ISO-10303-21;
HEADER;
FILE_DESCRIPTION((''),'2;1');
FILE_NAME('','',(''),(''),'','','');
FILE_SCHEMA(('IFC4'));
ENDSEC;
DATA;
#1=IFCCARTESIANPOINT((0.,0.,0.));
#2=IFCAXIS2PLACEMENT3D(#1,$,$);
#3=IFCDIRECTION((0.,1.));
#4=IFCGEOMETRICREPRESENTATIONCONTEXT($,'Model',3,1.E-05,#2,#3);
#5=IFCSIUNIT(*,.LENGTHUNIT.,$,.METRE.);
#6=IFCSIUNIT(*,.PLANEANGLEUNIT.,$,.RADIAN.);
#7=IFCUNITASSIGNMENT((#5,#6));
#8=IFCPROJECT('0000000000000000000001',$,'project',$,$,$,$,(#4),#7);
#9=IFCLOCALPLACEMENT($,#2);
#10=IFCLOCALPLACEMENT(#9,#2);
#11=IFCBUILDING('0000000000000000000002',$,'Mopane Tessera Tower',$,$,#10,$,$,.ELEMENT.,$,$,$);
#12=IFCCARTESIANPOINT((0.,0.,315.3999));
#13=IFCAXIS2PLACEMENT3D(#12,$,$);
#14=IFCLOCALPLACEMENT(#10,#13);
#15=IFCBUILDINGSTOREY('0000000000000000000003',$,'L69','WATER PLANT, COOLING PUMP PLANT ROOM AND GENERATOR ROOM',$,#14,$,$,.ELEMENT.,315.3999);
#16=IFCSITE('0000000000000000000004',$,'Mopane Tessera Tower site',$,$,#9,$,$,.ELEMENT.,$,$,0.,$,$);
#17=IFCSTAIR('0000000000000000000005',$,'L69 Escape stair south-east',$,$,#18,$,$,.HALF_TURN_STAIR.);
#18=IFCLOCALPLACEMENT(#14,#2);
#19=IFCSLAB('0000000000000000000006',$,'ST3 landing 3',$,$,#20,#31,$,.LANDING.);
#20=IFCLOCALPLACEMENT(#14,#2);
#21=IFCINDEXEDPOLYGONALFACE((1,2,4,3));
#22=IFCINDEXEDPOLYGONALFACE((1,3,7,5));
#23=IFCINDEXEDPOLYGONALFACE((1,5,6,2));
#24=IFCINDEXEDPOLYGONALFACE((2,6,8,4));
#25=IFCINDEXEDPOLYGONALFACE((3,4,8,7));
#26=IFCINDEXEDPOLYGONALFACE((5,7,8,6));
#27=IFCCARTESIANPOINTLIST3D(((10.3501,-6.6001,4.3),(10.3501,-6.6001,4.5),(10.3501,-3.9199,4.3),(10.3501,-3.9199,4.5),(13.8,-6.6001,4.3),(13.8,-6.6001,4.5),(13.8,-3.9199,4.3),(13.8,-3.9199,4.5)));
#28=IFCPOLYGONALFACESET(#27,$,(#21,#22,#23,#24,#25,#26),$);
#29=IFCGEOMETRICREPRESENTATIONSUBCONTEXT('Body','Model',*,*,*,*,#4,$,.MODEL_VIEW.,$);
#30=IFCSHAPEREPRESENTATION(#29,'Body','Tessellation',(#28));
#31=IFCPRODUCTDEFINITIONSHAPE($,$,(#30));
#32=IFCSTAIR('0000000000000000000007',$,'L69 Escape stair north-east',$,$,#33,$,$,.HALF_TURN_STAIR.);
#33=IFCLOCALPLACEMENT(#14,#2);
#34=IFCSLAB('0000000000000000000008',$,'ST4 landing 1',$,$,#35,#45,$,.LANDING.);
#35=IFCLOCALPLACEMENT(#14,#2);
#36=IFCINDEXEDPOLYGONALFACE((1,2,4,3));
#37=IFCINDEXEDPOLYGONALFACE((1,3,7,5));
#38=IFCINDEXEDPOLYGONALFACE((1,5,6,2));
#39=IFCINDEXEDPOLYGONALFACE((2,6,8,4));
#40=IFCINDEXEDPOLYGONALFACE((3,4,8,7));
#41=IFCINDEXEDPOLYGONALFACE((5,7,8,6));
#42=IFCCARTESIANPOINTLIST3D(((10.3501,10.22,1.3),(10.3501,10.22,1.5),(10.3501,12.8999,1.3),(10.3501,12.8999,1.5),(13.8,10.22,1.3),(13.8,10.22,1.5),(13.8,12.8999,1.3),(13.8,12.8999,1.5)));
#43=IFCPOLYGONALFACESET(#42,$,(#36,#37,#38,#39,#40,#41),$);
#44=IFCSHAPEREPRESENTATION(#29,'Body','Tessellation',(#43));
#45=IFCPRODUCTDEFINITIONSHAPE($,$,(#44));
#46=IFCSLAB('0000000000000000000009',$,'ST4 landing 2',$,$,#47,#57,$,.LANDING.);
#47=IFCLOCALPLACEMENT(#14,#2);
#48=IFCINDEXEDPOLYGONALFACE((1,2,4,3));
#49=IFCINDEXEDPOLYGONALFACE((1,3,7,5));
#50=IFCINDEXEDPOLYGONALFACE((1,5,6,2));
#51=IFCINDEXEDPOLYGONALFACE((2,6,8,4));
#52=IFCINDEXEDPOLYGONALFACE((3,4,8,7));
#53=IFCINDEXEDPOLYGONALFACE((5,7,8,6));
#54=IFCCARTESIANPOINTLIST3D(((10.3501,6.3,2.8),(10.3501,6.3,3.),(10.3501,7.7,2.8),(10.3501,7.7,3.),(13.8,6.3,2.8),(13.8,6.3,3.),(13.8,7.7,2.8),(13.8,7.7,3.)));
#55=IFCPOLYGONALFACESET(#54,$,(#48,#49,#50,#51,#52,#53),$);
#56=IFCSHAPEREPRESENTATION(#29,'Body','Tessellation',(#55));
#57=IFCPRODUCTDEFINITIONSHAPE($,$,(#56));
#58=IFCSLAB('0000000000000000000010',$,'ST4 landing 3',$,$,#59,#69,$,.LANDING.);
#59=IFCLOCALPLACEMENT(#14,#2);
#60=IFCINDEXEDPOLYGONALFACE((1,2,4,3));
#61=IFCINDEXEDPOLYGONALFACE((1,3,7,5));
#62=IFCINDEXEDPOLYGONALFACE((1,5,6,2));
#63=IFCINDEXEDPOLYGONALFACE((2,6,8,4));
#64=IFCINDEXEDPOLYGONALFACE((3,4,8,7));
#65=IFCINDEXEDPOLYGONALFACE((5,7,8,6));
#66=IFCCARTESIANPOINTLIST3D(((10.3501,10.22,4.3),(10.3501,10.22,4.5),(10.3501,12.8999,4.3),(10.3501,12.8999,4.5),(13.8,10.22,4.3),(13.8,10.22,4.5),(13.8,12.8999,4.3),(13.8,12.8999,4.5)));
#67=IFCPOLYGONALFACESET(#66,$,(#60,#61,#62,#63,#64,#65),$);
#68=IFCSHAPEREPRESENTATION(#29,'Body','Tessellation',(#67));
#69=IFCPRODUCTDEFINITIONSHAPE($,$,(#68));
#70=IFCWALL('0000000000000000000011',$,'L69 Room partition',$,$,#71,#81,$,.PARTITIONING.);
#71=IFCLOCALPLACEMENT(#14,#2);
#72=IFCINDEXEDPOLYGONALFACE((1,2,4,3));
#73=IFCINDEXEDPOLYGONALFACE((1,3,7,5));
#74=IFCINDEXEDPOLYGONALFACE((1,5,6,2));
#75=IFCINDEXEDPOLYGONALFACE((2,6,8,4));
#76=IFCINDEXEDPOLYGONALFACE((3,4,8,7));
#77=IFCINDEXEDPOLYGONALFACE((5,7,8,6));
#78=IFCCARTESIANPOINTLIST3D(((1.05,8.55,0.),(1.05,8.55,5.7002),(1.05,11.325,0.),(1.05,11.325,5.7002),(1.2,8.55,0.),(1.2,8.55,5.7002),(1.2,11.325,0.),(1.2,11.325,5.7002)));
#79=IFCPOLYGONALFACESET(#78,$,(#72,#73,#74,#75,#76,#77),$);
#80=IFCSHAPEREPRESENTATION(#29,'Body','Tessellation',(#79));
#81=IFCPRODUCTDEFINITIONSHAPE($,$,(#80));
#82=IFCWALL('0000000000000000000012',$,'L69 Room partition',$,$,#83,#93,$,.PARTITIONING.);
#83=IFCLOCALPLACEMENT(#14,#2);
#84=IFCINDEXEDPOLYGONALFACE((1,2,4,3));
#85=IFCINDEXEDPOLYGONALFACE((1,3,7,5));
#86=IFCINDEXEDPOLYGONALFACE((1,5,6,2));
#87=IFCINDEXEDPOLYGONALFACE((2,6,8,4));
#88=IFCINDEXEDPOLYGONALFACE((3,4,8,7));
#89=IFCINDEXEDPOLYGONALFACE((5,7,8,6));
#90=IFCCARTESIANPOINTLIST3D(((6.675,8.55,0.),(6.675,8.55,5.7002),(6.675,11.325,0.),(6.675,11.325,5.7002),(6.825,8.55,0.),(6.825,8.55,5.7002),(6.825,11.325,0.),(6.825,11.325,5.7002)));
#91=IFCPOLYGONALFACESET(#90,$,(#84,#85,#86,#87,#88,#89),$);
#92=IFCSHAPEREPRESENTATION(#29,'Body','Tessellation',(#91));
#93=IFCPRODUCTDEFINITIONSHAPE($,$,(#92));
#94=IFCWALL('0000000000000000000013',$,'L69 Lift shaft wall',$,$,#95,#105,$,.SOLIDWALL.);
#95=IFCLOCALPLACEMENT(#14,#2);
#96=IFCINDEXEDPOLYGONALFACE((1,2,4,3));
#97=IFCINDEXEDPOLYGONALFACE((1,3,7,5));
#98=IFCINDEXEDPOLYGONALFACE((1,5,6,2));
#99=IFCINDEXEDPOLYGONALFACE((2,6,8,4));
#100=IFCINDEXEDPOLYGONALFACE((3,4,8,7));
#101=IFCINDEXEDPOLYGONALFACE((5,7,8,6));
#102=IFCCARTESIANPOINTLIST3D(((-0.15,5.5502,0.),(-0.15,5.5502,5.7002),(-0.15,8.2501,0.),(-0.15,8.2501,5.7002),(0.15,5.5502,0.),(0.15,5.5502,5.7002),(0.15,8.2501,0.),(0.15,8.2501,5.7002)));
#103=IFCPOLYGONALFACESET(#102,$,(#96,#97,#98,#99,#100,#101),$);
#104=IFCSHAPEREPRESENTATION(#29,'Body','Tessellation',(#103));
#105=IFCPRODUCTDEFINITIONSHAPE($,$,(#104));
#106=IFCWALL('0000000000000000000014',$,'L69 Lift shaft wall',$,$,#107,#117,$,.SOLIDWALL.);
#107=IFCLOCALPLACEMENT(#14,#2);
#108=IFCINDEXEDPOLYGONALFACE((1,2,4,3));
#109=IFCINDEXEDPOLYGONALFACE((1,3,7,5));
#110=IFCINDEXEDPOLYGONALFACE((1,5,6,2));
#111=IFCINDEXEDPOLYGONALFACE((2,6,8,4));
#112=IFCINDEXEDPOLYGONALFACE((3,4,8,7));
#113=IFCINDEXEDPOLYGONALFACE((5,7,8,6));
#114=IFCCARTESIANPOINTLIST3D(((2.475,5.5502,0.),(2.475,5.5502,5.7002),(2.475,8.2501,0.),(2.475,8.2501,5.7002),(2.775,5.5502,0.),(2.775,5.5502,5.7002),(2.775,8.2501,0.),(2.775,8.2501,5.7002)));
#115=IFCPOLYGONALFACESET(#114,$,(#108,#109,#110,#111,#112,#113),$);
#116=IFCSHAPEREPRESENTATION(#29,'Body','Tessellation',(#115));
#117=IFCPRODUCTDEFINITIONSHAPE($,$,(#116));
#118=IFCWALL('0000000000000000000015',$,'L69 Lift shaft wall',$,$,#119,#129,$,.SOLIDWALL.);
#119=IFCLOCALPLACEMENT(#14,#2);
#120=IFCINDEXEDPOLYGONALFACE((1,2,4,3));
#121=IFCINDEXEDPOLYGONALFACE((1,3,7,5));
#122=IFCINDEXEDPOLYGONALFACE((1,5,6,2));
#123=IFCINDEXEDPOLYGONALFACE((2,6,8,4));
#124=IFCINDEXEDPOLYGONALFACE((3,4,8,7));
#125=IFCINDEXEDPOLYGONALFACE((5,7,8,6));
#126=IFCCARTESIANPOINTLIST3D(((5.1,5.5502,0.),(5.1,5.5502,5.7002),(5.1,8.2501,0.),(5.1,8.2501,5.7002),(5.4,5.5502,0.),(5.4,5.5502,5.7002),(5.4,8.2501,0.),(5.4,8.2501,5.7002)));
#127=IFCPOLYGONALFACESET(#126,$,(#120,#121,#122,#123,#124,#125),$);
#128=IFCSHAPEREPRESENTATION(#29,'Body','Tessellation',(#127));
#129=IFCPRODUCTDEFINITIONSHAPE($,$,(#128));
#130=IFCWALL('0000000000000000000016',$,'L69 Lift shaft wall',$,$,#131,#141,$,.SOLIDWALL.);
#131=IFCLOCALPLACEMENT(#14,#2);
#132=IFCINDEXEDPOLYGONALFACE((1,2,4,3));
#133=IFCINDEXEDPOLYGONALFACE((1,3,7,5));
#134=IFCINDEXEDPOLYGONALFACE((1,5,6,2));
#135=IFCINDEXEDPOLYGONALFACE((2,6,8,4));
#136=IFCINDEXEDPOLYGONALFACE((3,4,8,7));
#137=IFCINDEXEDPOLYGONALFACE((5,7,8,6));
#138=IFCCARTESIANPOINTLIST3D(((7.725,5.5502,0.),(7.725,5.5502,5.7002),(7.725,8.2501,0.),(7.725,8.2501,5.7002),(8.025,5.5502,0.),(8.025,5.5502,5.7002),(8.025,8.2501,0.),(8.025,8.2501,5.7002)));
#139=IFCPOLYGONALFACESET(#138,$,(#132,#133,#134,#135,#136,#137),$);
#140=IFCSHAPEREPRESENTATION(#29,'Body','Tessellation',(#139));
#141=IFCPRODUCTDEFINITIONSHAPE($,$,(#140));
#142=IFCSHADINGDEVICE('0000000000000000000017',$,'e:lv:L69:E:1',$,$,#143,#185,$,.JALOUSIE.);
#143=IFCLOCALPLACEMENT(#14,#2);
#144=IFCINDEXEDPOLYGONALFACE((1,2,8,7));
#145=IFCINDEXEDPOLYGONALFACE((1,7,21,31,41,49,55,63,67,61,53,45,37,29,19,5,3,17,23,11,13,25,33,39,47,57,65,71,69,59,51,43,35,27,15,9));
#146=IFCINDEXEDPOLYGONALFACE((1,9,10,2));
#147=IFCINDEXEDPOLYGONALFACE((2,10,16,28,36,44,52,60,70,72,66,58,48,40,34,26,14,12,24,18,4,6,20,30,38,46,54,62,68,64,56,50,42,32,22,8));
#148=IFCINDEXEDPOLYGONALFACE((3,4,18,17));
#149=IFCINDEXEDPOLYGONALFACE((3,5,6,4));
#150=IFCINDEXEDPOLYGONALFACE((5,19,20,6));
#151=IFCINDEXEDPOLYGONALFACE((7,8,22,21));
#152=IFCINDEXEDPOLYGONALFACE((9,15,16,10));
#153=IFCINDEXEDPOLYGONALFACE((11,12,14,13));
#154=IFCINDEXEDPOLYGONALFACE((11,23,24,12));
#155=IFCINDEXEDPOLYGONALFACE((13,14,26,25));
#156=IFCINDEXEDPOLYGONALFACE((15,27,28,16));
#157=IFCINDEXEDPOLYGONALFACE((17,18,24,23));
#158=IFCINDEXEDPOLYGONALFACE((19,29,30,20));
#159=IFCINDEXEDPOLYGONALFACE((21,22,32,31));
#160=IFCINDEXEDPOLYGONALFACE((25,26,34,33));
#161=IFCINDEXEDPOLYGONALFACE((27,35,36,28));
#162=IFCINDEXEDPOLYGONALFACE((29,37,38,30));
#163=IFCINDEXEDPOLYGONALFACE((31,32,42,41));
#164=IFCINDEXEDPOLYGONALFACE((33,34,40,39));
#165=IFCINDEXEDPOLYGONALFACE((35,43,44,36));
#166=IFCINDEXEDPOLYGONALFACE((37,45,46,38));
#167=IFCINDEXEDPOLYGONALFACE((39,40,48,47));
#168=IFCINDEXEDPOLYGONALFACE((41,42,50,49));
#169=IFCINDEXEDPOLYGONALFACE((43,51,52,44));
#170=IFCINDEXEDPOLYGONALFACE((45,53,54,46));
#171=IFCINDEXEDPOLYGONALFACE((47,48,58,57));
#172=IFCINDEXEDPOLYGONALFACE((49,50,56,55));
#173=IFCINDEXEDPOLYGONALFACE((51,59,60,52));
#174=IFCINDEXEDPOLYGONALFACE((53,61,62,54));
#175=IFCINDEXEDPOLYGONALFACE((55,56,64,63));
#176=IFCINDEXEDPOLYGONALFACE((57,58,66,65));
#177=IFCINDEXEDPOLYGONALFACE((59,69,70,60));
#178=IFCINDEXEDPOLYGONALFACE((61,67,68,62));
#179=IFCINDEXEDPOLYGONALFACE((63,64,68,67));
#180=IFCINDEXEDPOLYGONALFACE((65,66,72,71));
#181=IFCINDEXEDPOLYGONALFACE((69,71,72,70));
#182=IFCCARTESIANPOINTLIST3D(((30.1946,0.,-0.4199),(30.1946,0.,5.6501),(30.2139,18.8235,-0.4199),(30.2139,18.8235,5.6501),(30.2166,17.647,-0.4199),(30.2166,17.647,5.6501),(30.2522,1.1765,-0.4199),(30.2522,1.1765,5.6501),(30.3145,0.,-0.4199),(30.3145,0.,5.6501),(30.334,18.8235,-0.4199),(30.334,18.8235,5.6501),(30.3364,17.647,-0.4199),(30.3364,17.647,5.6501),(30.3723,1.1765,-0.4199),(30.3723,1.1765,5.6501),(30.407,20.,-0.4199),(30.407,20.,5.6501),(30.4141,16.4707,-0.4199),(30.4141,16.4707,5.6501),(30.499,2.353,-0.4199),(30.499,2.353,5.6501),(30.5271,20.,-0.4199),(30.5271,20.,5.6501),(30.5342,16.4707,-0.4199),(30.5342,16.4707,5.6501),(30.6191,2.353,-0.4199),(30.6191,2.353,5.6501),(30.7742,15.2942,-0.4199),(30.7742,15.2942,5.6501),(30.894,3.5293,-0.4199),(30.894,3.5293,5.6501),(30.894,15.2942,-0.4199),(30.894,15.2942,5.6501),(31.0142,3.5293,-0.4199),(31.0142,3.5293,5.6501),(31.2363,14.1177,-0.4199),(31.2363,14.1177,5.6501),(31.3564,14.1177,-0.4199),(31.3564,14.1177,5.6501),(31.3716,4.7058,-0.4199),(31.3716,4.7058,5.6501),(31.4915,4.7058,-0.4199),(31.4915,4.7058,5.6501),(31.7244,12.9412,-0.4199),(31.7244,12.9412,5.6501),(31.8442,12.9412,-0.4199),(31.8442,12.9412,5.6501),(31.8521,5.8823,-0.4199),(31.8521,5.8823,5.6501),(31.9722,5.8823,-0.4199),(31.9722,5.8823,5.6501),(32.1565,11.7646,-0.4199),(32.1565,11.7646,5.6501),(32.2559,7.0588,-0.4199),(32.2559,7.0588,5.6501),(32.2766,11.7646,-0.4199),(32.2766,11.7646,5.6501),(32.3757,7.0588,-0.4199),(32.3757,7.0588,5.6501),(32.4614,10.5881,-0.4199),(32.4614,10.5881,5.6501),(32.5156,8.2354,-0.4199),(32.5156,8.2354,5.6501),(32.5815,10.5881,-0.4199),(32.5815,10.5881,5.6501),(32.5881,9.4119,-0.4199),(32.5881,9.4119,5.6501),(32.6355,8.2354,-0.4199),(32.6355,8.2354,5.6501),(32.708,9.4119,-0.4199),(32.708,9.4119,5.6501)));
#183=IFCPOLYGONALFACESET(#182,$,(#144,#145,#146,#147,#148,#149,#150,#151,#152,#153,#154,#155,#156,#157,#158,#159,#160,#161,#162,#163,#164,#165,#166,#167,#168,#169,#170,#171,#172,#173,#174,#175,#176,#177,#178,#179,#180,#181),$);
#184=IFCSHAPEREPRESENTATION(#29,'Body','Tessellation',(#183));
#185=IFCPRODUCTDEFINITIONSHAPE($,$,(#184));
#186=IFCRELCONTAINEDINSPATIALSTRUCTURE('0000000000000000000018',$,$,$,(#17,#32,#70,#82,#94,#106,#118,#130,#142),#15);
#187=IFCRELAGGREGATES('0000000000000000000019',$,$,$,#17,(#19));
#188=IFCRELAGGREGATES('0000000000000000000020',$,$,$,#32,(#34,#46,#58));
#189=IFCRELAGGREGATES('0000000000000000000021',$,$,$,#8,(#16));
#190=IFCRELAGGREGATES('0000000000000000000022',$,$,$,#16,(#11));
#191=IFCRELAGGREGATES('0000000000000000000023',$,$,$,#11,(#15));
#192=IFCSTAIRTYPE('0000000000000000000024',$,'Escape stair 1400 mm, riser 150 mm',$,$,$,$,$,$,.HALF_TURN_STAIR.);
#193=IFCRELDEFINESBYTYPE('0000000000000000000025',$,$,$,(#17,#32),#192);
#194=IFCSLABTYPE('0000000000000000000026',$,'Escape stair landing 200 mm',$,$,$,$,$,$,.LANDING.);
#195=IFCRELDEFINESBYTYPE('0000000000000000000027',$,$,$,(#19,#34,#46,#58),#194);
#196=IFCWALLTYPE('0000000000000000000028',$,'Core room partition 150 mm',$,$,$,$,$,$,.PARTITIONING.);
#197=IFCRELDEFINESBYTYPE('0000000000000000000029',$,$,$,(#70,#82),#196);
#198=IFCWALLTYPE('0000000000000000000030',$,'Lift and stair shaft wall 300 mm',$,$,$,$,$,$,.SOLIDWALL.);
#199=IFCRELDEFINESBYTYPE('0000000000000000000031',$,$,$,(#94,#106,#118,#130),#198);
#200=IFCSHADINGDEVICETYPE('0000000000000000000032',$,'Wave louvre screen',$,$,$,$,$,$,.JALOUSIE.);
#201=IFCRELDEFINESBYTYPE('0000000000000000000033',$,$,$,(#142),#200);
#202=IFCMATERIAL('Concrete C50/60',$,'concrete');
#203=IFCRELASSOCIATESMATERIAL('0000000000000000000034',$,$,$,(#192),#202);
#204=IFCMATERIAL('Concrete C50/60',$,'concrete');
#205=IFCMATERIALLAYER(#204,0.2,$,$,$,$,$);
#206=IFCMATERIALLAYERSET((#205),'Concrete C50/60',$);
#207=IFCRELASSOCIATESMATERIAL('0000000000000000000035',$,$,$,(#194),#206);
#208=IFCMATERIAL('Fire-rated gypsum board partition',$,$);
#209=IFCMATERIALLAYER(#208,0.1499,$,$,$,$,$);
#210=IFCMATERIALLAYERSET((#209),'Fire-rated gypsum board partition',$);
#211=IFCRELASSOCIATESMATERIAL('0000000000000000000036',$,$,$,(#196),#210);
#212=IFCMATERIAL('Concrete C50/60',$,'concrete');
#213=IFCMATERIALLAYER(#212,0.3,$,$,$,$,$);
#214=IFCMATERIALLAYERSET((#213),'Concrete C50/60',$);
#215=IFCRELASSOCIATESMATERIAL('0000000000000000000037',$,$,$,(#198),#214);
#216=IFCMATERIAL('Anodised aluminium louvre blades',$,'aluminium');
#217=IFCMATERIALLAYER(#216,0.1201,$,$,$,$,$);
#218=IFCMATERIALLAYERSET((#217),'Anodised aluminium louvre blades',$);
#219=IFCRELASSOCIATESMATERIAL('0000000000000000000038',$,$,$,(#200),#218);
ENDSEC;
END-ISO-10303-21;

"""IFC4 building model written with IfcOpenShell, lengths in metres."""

from ifc_helpers import new_model, si_unit, direction, frame, frame_2d, origin, place, context, subcontext, project, spatial, polyline, rectangle, outline, extrude, material, layer, layer_set, type_object, element, aggregate, save


model = new_model("IFC4")

# Units and contexts
model_context = context("Model", 3, precision=1e-05, world=origin(), true_north=direction((0.0, 1.0)))
body_context = subcontext(model_context, "Body", "Model", "MODEL_VIEW")
ifc_project = project(units=[si_unit("LENGTHUNIT", "METRE"), si_unit("PLANEANGLEUNIT", "RADIAN")], contexts=[model_context])

# Site, building, storey
site_placement = place(None, origin())
site = spatial("IfcSite", under=ifc_project, at=site_placement, Name="Mopane Tessera Tower site", CompositionType="ELEMENT", RefElevation=0.0)
building_placement = place(site_placement, origin())
building = spatial("IfcBuilding", under=site, at=building_placement, Name="Mopane Tessera Tower", CompositionType="ELEMENT")
storey_placement = place(building_placement, frame((0.0, 0.0, 315.3999)))
storey = spatial("IfcBuildingStorey", under=building, at=storey_placement, Name="L69", Description="WATER PLANT, COOLING PUMP PLANT ROOM AND GENERATOR ROOM", CompositionType="ELEMENT", Elevation=315.3999)

# Stairs, slabs
ifc_material_1 = material(Name="Concrete C50/60", Category="concrete")
stair_type = type_object("IfcStairType", Name="Escape stair 1400 mm, riser 150 mm", PredefinedType="HALF_TURN_STAIR", material=ifc_material_1)
ifc_material_2 = material(Name="Concrete C50/60", Category="concrete")
ifc_layer_1 = layer(ifc_material_2, 0.2)
ifc_layer_set_1 = layer_set([ifc_layer_1], Name="Concrete C50/60")
slab_type_1 = type_object("IfcSlabType", Name="Escape stair landing 200 mm", PredefinedType="LANDING", material=ifc_layer_set_1)
stair_1_placement = place(storey_placement, origin())
stair_1 = element("IfcStair", 1, at=stair_1_placement, inside=storey, type_object=stair_type, Name="L69 Escape stair south-east", PredefinedType="HALF_TURN_STAIR")
slab_1_placement = place(storey_placement, frame((0.0, 0.0, 4.3)))
slab_1 = element("IfcSlab", 2, at=slab_1_placement, type_object=slab_type_1, Name="ST3 landing 3", PredefinedType="LANDING", context=body_context, shape_type="SweptSolid", body=[
    extrude(outline(polyline([(10.3501, -3.9199), (10.3501, -6.6001), (13.8, -6.6001), (13.8, -3.9199), (10.3501, -3.9199)])), origin(), (0.0, 0.0, 1.0), 0.2),
])
aggregate(stair_1, [slab_1])
stair_2_placement = place(storey_placement, origin())
stair_2 = element("IfcStair", 3, at=stair_2_placement, inside=storey, type_object=stair_type, Name="L69 Escape stair north-east", PredefinedType="HALF_TURN_STAIR")
slab_2_placement = place(storey_placement, frame((0.0, 0.0, 1.3)))
slab_2 = element("IfcSlab", 4, at=slab_2_placement, type_object=slab_type_1, Name="ST4 landing 1", PredefinedType="LANDING", context=body_context, shape_type="SweptSolid", body=[
    extrude(outline(polyline([(13.8, 10.22), (13.8, 12.8999), (10.3501, 12.8999), (10.3501, 10.22), (13.8, 10.22)])), origin(), (0.0, 0.0, 1.0), 0.2),
])
slab_3_placement = place(storey_placement, frame((0.0, 0.0, 2.8)))
slab_3 = element("IfcSlab", 5, at=slab_3_placement, type_object=slab_type_1, Name="ST4 landing 2", PredefinedType="LANDING", context=body_context, shape_type="SweptSolid", body=[
    extrude(outline(polyline([(13.8, 6.3), (13.8, 7.7), (10.3501, 7.7), (10.3501, 6.3), (13.8, 6.3)])), origin(), (0.0, 0.0, 1.0), 0.2),
])
slab_4_placement = place(storey_placement, frame((0.0, 0.0, 4.3)))
slab_4 = element("IfcSlab", 6, at=slab_4_placement, type_object=slab_type_1, Name="ST4 landing 3", PredefinedType="LANDING", context=body_context, shape_type="SweptSolid", body=[
    extrude(outline(polyline([(13.8, 10.22), (13.8, 12.8999), (10.3501, 12.8999), (10.3501, 10.22), (13.8, 10.22)])), origin(), (0.0, 0.0, 1.0), 0.2),
])
aggregate(stair_2, [slab_2, slab_3, slab_4])

# Walls
ifc_material_3 = material(Name="Fire-rated gypsum board partition")
ifc_layer_2 = layer(ifc_material_3, 0.1499)
ifc_layer_set_2 = layer_set([ifc_layer_2], Name="Fire-rated gypsum board partition")
wall_type_1 = type_object("IfcWallType", Name="Core room partition 150 mm", PredefinedType="PARTITIONING", material=ifc_layer_set_2)
for number, where, z_axis, x_axis, name in (
    (7, (1.125, 8.55, 0.0), (0.0, 0.0, 1.0), (0.0, 1.0, 0.0), "L69 Room partition"),
    (8, (6.75, 8.55, 0.0), (0.0, 0.0, 1.0), (0.0, 1.0, 0.0), "L69 Room partition"),
):
    element("IfcWall", number, at=place(storey_placement, frame(where, z_axis=z_axis, x_axis=x_axis)), inside=storey, type_object=wall_type_1, Name=name, PredefinedType="PARTITIONING", context=body_context, shape_type="SweptSolid", body=[
        extrude(rectangle(XDim=2.7749, YDim=0.1499, at=frame_2d((1.3875, 0.0))), origin(), (0.0, 0.0, 1.0), 5.7002),
    ])
ifc_material_4 = material(Name="Concrete C50/60", Category="concrete")
ifc_layer_3 = layer(ifc_material_4, 0.3)
ifc_layer_set_3 = layer_set([ifc_layer_3], Name="Concrete C50/60")
wall_type_2 = type_object("IfcWallType", Name="Lift and stair shaft wall 300 mm", PredefinedType="SOLIDWALL", material=ifc_layer_set_3)
for number, where, z_axis, x_axis, name in (
    (9, (0.0, 5.55, 0.0), (0.0, 0.0, 1.0), (0.0, 1.0, 0.0), "L69 Lift shaft wall"),
    (10, (2.625, 5.55, 0.0), (0.0, 0.0, 1.0), (0.0, 1.0, 0.0), "L69 Lift shaft wall"),
    (11, (5.25, 5.55, 0.0), (0.0, 0.0, 1.0), (0.0, 1.0, 0.0), "L69 Lift shaft wall"),
    (12, (7.875, 5.55, 0.0), (0.0, 0.0, 1.0), (0.0, 1.0, 0.0), "L69 Lift shaft wall"),
):
    element("IfcWall", number, at=place(storey_placement, frame(where, z_axis=z_axis, x_axis=x_axis)), inside=storey, type_object=wall_type_2, Name=name, PredefinedType="SOLIDWALL", context=body_context, shape_type="SweptSolid", body=[
        extrude(rectangle(XDim=2.7, YDim=0.3, at=frame_2d((1.3501, 0.0))), origin(), (0.0, 0.0, 1.0), 5.7002),
    ])

# Shading device
ifc_material_5 = material(Name="Anodised aluminium louvre blades", Category="aluminium")
ifc_layer_4 = layer(ifc_material_5, 0.1201)
ifc_layer_set_4 = layer_set([ifc_layer_4], Name="Anodised aluminium louvre blades")
shading_device_type = type_object("IfcShadingDeviceType", Name="Wave louvre screen", PredefinedType="JALOUSIE", material=ifc_layer_set_4)
shading_device_1_placement = place(storey_placement, frame((0.0, 0.0, -0.4199)))
element("IfcShadingDevice", 13, at=shading_device_1_placement, inside=storey, type_object=shading_device_type, Name="e:lv:L69:E:1", PredefinedType="JALOUSIE", context=body_context, shape_type="SweptSolid", body=[
    extrude(outline(polyline([(30.1946, 0.0), (30.2522, 1.1765), (30.499, 2.353), (30.894, 3.5293), (31.3716, 4.7058), (31.8521, 5.8823), (32.2559, 7.0588), (32.5156, 8.2354), (32.5881, 9.4119), (32.4614, 10.5881), (32.1565, 11.7646), (31.7244, 12.9412), (31.2363, 14.1177), (30.7742, 15.2942), (30.4141, 16.4707), (30.2166, 17.647), (30.2139, 18.8235), (30.407, 20.0), (30.5271, 20.0), (30.334, 18.8235), (30.3364, 17.647), (30.5342, 16.4707), (30.894, 15.2942), (31.3564, 14.1177), (31.8442, 12.9412), (32.2766, 11.7646), (32.5815, 10.5881), (32.708, 9.4119), (32.6355, 8.2354), (32.3757, 7.0588), (31.9722, 5.8823), (31.4915, 4.7058), (31.0142, 3.5293), (30.6191, 2.353), (30.3723, 1.1765), (30.3145, 0.0), (30.1946, 0.0)])), origin(), (0.0, 0.0, 1.0), 6.0701),
])

save(model, "model.ifc")
